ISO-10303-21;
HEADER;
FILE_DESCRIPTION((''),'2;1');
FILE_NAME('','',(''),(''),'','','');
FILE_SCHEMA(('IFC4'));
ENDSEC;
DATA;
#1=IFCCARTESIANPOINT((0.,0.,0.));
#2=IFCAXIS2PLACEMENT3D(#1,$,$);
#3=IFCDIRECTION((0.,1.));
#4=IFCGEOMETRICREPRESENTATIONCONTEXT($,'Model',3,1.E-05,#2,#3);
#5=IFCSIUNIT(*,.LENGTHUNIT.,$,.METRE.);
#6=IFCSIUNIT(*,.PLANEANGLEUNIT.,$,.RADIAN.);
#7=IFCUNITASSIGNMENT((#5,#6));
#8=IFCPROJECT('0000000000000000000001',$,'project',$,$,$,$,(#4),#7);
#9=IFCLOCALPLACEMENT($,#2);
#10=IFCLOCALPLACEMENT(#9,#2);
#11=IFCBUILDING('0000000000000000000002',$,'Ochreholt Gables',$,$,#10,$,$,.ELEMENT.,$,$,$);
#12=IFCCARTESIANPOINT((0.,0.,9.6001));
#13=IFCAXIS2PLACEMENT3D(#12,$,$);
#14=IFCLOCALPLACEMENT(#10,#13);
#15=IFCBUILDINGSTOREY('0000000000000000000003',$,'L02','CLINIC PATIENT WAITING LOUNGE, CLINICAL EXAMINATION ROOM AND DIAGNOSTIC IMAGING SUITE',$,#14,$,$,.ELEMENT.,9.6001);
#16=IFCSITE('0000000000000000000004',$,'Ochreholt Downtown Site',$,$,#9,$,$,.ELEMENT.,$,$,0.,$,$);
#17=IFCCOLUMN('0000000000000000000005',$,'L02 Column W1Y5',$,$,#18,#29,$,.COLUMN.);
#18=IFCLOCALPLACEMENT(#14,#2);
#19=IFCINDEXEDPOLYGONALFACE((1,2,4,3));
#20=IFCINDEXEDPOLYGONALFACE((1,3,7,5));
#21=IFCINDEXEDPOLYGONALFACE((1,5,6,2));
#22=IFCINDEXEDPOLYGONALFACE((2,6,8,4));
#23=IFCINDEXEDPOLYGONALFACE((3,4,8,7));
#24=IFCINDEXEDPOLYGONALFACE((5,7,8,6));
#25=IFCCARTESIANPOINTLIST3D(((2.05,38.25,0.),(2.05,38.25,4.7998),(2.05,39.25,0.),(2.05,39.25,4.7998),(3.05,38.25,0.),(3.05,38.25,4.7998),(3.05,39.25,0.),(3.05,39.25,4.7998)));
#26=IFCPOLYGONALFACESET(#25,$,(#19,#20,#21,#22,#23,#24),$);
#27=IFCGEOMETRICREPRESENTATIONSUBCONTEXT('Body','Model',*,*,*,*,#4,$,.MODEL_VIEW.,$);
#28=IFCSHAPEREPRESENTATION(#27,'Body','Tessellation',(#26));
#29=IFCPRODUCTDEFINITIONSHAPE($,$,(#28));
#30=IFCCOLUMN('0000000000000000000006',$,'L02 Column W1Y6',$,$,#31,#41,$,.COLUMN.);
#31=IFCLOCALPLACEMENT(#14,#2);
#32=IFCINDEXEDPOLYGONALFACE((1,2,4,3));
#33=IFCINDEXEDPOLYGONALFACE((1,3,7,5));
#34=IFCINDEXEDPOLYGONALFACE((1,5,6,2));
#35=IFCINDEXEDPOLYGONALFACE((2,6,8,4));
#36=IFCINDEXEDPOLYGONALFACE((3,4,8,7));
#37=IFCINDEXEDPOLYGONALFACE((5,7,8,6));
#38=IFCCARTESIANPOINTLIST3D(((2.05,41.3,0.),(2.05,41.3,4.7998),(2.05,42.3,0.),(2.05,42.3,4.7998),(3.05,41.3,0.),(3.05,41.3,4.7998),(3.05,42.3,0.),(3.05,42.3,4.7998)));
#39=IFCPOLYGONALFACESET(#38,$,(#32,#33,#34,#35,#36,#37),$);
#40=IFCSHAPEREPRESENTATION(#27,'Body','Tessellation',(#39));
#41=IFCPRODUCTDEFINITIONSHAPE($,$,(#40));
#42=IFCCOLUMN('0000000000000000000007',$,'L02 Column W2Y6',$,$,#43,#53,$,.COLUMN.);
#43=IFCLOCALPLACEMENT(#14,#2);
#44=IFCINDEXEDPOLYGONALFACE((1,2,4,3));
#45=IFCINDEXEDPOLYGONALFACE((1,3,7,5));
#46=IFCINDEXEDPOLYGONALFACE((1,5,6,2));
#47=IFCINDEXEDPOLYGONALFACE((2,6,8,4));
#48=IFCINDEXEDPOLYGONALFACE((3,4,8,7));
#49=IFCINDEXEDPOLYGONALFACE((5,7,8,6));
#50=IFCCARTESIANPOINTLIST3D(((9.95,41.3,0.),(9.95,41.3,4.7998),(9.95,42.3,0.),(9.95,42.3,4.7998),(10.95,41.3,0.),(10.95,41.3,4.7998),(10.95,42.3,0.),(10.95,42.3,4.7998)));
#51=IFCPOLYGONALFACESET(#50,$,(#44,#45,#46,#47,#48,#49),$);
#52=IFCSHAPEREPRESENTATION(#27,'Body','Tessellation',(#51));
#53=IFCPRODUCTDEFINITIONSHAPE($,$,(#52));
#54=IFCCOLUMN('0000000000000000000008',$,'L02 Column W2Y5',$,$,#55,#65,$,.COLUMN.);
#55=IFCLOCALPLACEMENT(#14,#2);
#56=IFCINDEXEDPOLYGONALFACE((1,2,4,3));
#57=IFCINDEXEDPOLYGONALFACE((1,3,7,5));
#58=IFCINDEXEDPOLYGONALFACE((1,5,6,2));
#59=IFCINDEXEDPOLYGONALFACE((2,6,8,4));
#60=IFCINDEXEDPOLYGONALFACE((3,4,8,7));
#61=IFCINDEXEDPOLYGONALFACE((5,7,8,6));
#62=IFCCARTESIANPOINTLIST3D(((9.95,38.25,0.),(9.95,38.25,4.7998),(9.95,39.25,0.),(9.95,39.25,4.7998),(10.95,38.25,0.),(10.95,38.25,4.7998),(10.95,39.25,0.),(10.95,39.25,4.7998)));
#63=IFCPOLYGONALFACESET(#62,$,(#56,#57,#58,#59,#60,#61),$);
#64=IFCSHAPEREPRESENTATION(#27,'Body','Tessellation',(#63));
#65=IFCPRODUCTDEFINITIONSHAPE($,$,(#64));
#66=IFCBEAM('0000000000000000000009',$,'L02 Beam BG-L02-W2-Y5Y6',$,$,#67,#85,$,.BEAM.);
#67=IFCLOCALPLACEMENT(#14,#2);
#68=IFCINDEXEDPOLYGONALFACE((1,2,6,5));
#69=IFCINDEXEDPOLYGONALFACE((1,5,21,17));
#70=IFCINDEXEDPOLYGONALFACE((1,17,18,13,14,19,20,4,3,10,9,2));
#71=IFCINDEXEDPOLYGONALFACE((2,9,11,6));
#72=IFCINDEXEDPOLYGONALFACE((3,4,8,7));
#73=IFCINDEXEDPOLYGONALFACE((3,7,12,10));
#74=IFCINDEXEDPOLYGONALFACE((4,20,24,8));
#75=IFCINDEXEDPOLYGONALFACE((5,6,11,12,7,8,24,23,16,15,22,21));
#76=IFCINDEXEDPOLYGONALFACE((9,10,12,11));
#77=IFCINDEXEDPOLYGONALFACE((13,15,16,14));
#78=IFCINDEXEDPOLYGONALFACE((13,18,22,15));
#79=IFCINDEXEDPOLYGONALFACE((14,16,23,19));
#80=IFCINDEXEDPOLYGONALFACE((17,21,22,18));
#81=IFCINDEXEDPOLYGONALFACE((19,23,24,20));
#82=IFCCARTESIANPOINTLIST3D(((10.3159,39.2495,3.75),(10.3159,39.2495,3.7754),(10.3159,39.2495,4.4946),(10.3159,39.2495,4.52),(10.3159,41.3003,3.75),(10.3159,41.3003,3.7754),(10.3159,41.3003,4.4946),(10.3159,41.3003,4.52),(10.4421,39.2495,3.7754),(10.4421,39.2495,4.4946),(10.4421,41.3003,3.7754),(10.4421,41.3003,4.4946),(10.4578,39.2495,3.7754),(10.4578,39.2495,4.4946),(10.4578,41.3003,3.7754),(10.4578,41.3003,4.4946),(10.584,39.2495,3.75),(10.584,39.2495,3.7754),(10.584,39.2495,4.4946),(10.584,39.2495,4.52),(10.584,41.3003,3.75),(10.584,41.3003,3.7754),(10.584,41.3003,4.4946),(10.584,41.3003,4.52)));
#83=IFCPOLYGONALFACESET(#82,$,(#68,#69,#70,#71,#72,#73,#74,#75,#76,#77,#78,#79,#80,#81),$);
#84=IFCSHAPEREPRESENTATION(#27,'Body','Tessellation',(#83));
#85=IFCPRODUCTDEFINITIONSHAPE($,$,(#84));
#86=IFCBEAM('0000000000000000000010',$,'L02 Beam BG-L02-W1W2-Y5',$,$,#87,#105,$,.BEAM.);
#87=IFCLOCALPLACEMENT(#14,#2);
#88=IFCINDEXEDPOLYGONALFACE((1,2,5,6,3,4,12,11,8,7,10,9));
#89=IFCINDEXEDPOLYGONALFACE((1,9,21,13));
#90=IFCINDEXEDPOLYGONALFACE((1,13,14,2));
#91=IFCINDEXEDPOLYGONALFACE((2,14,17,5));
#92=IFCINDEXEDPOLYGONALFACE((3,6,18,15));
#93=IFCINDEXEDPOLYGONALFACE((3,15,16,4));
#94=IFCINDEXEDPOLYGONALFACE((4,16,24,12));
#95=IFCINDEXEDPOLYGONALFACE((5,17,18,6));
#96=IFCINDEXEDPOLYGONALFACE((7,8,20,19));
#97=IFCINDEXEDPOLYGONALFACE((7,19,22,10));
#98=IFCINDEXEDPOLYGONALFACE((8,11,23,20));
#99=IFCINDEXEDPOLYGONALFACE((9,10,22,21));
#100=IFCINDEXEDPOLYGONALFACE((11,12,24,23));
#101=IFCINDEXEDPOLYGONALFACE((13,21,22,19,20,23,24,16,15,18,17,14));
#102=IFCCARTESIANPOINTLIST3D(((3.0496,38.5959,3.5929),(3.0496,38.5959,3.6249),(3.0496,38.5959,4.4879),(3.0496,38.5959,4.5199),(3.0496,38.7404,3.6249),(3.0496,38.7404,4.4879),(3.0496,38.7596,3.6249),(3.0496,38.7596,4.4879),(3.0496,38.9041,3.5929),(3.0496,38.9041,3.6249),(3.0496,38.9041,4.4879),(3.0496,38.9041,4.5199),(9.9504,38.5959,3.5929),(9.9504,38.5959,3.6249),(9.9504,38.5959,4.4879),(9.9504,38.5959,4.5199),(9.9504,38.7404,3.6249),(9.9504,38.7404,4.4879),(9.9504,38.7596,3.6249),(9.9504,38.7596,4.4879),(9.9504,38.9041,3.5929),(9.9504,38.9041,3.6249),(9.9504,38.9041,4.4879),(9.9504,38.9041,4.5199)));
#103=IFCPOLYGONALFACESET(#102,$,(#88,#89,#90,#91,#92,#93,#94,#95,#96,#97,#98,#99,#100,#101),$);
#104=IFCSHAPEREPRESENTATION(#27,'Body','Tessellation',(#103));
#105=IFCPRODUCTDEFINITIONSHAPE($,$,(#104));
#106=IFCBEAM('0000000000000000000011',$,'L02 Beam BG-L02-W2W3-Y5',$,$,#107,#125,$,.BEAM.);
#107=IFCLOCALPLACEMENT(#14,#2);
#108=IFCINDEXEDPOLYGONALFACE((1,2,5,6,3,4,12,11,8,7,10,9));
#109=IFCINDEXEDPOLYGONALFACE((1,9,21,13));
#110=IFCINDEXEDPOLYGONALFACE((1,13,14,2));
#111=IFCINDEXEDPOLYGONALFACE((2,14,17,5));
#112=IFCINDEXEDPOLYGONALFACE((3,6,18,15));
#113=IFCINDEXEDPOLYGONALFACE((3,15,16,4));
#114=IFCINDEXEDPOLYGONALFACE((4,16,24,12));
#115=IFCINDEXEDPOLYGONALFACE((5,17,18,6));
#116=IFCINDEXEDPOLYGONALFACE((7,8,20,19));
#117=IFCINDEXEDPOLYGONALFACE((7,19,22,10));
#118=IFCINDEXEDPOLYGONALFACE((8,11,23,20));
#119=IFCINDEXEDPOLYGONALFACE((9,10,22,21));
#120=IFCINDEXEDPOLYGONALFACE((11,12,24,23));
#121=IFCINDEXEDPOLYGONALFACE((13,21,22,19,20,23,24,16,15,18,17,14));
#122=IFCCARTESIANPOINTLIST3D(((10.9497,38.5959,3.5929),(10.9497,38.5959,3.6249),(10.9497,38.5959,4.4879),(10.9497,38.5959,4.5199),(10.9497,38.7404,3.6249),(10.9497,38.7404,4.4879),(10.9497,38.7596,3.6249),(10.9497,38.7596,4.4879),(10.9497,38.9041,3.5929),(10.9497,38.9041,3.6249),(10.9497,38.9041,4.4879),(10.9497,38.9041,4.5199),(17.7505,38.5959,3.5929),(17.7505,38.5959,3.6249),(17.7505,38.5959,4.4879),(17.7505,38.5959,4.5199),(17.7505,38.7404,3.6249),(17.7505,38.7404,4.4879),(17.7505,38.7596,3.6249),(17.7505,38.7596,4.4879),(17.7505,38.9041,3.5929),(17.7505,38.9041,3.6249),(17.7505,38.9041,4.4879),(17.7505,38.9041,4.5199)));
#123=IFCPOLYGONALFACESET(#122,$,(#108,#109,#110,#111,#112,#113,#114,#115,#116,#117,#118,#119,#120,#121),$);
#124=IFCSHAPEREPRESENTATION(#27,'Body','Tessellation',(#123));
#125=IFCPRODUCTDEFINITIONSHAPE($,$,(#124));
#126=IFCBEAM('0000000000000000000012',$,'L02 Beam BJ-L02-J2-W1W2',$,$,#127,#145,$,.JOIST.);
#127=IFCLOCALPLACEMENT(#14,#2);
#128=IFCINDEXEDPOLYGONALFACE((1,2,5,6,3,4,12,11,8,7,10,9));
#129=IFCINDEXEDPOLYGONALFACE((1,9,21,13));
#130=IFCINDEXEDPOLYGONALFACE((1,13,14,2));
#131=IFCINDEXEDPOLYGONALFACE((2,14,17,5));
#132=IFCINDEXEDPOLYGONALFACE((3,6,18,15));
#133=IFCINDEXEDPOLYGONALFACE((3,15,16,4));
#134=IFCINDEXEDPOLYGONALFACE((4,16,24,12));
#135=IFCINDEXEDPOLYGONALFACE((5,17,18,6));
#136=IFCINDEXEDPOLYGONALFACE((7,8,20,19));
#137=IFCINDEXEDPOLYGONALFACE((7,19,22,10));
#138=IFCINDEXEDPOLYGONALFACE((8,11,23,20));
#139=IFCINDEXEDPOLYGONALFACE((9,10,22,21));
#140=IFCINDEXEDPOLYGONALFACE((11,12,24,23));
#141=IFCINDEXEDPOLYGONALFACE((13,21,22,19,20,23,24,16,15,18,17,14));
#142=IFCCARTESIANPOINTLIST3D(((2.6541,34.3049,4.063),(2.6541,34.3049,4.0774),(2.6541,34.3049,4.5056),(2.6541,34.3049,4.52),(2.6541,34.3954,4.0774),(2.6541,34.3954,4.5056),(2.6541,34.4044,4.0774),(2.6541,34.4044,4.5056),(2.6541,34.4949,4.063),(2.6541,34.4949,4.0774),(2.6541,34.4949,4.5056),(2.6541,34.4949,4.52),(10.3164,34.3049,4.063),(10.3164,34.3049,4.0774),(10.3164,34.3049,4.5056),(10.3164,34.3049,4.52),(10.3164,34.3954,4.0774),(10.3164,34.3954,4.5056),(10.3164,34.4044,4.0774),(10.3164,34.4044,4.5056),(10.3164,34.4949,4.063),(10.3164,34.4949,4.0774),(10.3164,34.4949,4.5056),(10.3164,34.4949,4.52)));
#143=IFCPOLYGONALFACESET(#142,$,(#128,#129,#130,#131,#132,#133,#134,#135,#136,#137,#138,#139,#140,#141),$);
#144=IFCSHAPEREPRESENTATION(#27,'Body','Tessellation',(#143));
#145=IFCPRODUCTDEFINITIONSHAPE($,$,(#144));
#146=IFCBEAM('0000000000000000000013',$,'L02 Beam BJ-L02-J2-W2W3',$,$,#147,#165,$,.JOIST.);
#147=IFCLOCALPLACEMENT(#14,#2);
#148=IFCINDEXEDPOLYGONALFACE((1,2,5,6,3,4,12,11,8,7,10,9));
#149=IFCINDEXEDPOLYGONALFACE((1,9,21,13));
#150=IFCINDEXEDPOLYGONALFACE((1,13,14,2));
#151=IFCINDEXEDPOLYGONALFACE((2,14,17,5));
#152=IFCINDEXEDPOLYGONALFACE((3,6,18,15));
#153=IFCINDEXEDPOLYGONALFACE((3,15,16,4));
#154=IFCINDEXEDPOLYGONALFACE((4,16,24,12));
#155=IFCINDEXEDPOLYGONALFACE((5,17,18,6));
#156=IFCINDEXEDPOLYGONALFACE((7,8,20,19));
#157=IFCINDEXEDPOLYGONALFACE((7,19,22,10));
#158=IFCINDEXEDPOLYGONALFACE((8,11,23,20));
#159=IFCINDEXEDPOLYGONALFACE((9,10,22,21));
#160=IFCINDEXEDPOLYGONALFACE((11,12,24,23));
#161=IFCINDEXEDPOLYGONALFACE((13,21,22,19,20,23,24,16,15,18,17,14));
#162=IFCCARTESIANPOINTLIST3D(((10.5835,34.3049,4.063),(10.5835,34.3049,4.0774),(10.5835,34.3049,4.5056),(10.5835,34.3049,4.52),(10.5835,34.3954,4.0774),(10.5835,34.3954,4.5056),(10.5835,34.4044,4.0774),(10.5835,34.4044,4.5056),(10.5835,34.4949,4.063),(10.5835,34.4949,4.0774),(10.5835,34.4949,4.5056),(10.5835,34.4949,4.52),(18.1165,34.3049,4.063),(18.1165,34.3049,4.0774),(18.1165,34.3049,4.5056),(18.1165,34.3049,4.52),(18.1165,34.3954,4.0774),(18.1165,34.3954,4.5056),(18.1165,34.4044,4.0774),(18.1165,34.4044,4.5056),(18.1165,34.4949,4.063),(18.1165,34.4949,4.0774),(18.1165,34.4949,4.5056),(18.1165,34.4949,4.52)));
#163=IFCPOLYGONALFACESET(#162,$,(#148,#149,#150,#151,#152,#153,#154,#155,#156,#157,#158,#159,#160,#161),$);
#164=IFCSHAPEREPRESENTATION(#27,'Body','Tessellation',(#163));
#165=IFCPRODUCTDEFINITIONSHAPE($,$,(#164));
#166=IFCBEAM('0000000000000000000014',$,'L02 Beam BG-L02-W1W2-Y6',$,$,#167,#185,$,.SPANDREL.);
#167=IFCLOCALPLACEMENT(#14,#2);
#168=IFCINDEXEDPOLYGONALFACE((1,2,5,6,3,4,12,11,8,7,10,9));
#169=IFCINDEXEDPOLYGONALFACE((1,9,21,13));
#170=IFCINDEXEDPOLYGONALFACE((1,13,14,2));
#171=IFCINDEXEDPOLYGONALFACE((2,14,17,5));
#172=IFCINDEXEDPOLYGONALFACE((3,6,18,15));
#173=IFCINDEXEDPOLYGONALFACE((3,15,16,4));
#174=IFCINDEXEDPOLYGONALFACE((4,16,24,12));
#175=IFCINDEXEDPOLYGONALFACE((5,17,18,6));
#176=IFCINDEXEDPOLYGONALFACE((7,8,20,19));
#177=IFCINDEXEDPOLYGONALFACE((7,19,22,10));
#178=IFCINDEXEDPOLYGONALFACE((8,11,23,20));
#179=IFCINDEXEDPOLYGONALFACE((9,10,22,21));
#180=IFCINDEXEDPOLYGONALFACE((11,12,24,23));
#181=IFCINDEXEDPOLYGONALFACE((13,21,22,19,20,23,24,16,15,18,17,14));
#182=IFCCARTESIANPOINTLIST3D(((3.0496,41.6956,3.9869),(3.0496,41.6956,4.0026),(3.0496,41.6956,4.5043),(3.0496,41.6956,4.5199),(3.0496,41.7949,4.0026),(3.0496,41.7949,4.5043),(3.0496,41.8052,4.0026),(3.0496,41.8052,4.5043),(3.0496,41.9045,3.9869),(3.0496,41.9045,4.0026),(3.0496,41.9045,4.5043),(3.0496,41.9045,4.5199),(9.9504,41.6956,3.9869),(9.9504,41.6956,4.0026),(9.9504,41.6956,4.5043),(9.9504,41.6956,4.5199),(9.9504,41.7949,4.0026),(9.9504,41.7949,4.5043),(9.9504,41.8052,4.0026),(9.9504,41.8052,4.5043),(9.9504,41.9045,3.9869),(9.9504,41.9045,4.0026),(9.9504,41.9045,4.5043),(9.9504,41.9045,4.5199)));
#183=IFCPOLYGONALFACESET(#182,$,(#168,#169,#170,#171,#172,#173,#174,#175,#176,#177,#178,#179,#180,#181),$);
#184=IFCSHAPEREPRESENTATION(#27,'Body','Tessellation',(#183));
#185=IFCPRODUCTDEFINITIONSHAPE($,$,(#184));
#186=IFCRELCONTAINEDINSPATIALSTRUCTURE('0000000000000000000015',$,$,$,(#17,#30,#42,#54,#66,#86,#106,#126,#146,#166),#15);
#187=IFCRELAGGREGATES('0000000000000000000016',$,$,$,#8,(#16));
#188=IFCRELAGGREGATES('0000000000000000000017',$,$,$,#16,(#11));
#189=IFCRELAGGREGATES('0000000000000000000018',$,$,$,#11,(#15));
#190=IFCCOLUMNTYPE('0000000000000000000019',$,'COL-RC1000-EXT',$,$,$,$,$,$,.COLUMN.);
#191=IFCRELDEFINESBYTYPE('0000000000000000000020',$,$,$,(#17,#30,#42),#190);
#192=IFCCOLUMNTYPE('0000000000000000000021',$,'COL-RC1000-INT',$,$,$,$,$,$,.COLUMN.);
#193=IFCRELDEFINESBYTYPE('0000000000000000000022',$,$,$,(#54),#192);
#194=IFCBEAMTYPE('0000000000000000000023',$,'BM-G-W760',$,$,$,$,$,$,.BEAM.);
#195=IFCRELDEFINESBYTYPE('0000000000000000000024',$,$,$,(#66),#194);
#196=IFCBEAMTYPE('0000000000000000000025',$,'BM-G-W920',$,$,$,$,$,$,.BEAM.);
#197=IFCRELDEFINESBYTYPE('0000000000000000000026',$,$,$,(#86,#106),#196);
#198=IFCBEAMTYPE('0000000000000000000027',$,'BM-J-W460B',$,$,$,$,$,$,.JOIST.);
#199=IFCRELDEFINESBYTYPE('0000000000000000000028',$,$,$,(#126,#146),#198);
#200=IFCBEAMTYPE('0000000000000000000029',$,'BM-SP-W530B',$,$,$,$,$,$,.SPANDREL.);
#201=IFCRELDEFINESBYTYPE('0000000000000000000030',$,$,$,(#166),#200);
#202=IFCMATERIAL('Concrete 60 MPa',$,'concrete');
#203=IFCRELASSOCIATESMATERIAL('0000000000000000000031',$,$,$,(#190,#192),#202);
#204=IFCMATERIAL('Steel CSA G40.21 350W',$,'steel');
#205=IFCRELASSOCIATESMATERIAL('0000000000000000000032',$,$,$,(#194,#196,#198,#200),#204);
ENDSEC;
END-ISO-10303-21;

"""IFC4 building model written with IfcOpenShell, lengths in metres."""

from ifc_helpers import new_model, si_unit, direction, frame, origin, origin_2d, place, context, subcontext, project, spatial, rectangle, i_section, extrude, material, material_profile, profile_set, type_object, element, save


model = new_model("IFC4")

# Units and contexts
model_context = context("Model", 3, precision=1e-05, world=origin(), true_north=direction((0.0, 1.0)))
body_context = subcontext(model_context, "Body", "Model", "MODEL_VIEW")
ifc_project = project(units=[si_unit("LENGTHUNIT", "METRE"), si_unit("PLANEANGLEUNIT", "RADIAN")], contexts=[model_context])

# Site, building, storey
site_placement = place(None, origin())
site = spatial("IfcSite", under=ifc_project, at=site_placement, Name="Ochreholt Downtown Site", CompositionType="ELEMENT", RefElevation=0.0)
building_placement = place(site_placement, origin())
building = spatial("IfcBuilding", under=site, at=building_placement, Name="Ochreholt Gables", CompositionType="ELEMENT")
storey_placement = place(building_placement, frame((0.0, 0.0, 9.6001)))
storey = spatial("IfcBuildingStorey", under=building, at=storey_placement, Name="L02", Description="CLINIC PATIENT WAITING LOUNGE, CLINICAL EXAMINATION ROOM AND DIAGNOSTIC IMAGING SUITE", CompositionType="ELEMENT", Elevation=9.6001)

# Columns
ifc_material_1 = material(Name="Concrete 60 MPa", Category="concrete")
ifc_material_profile_1 = material_profile(ifc_material_1, rectangle(XDim=1.0, YDim=1.0, at=origin_2d()), Name="RC1000X1000")
ifc_profile_set_1 = profile_set([ifc_material_profile_1], Name="Concrete 60 MPa")
column_type_1 = type_object("IfcColumnType", Name="COL-RC1000-EXT", PredefinedType="COLUMN", material=ifc_profile_set_1)
for number, where, z_axis, x_axis, name in (
    (1, (2.55, 38.75, 0.0), (0.0, 0.0, 1.0), (1.0, 0.0, 0.0), "L02 Column W1Y5"),
    (2, (2.55, 41.8, 0.0), (0.0, 0.0, 1.0), (1.0, 0.0, 0.0), "L02 Column W1Y6"),
    (3, (10.45, 41.8, 0.0), (0.0, 0.0, 1.0), (1.0, 0.0, 0.0), "L02 Column W2Y6"),
):
    element("IfcColumn", number, at=place(storey_placement, frame(where, z_axis=z_axis, x_axis=x_axis)), inside=storey, type_object=column_type_1, Name=name, PredefinedType="COLUMN", context=body_context, shape_type="SweptSolid", body=[
        extrude(rectangle(XDim=1.0, YDim=1.0, at=origin_2d()), origin(), (0.0, 0.0, 1.0), 4.7998),
    ])
ifc_material_profile_2 = material_profile(ifc_material_1, rectangle(XDim=1.0, YDim=1.0, at=origin_2d()), Name="RC1000X1000")
ifc_profile_set_2 = profile_set([ifc_material_profile_2], Name="Concrete 60 MPa")
column_type_2 = type_object("IfcColumnType", Name="COL-RC1000-INT", PredefinedType="COLUMN", material=ifc_profile_set_2)
column_placement = place(storey_placement, frame((10.45, 38.75, 0.0), z_axis=(0.0, 0.0, 1.0), x_axis=(1.0, 0.0, 0.0)))
element("IfcColumn", 4, at=column_placement, inside=storey, type_object=column_type_2, Name="L02 Column W2Y5", PredefinedType="COLUMN", context=body_context, shape_type="SweptSolid", body=[
    extrude(rectangle(XDim=1.0, YDim=1.0, at=origin_2d()), origin(), (0.0, 0.0, 1.0), 4.7998),
])

# Beams
ifc_material_2 = material(Name="Steel CSA G40.21 350W", Category="steel")
ifc_material_profile_3 = material_profile(ifc_material_2, i_section(OverallWidth=0.2681, OverallDepth=0.77, WebThickness=0.0156, FlangeThickness=0.0254, at=origin_2d()), Name="W760X196")
ifc_profile_set_3 = profile_set([ifc_material_profile_3], Name="Steel CSA G40.21 350W")
beam_type_1 = type_object("IfcBeamType", Name="BM-G-W760", PredefinedType="BEAM", material=ifc_profile_set_3)
beam_1_placement = place(storey_placement, frame((10.45, 39.2495, 4.135), z_axis=(0.0, 1.0, 0.0), x_axis=(-1.0, 0.0, 0.0)))
element("IfcBeam", 5, at=beam_1_placement, inside=storey, type_object=beam_type_1, Name="L02 Beam BG-L02-W2-Y5Y6", PredefinedType="BEAM", context=body_context, shape_type="SweptSolid", body=[
    extrude(i_section(OverallWidth=0.2681, OverallDepth=0.77, WebThickness=0.0156, FlangeThickness=0.0254, at=origin_2d()), origin(), (0.0, 0.0, 1.0), 2.0508),
])
ifc_material_profile_4 = material_profile(ifc_material_2, i_section(OverallWidth=0.3081, OverallDepth=0.927, WebThickness=0.0193, FlangeThickness=0.032, at=origin_2d()), Name="W920X289")
ifc_profile_set_4 = profile_set([ifc_material_profile_4], Name="Steel CSA G40.21 350W")
beam_type_2 = type_object("IfcBeamType", Name="BM-G-W920", PredefinedType="BEAM", material=ifc_profile_set_4)
beam_2_placement = place(storey_placement, frame((3.0496, 38.75, 4.0564), z_axis=(1.0, 0.0, 0.0), x_axis=(0.0, 1.0, 0.0)))
element("IfcBeam", 6, at=beam_2_placement, inside=storey, type_object=beam_type_2, Name="L02 Beam BG-L02-W1W2-Y5", PredefinedType="BEAM", context=body_context, shape_type="SweptSolid", body=[
    extrude(i_section(OverallWidth=0.3081, OverallDepth=0.927, WebThickness=0.0193, FlangeThickness=0.032, at=origin_2d()), origin(), (0.0, 0.0, 1.0), 6.9009),
])
beam_3_placement = place(storey_placement, frame((10.9497, 38.75, 4.0564), z_axis=(1.0, 0.0, 0.0), x_axis=(0.0, 1.0, 0.0)))
element("IfcBeam", 7, at=beam_3_placement, inside=storey, type_object=beam_type_2, Name="L02 Beam BG-L02-W2W3-Y5", PredefinedType="BEAM", context=body_context, shape_type="SweptSolid", body=[
    extrude(i_section(OverallWidth=0.3081, OverallDepth=0.927, WebThickness=0.0193, FlangeThickness=0.032, at=origin_2d()), origin(), (0.0, 0.0, 1.0), 6.8008),
])
ifc_material_profile_5 = material_profile(ifc_material_2, i_section(OverallWidth=0.1899, OverallDepth=0.457, WebThickness=0.009, FlangeThickness=0.0144, at=origin_2d()), Name="W460X74")
ifc_profile_set_5 = profile_set([ifc_material_profile_5], Name="Steel CSA G40.21 350W")
beam_type_3 = type_object("IfcBeamType", Name="BM-J-W460B", PredefinedType="JOIST", material=ifc_profile_set_5)
beam_4_placement = place(storey_placement, frame((2.6541, 34.3999, 4.2915), z_axis=(1.0, 0.0, 0.0), x_axis=(0.0, 1.0, 0.0)))
element("IfcBeam", 8, at=beam_4_placement, inside=storey, type_object=beam_type_3, Name="L02 Beam BJ-L02-J2-W1W2", PredefinedType="JOIST", context=body_context, shape_type="SweptSolid", body=[
    extrude(i_section(OverallWidth=0.1899, OverallDepth=0.457, WebThickness=0.009, FlangeThickness=0.0144, at=origin_2d()), origin(), (0.0, 0.0, 1.0), 7.6624),
])
beam_5_placement = place(storey_placement, frame((10.5835, 34.3999, 4.2915), z_axis=(1.0, 0.0, 0.0), x_axis=(0.0, 1.0, 0.0)))
element("IfcBeam", 9, at=beam_5_placement, inside=storey, type_object=beam_type_3, Name="L02 Beam BJ-L02-J2-W2W3", PredefinedType="JOIST", context=body_context, shape_type="SweptSolid", body=[
    extrude(i_section(OverallWidth=0.1899, OverallDepth=0.457, WebThickness=0.009, FlangeThickness=0.0144, at=origin_2d()), origin(), (0.0, 0.0, 1.0), 7.533),
])
ifc_material_profile_6 = material_profile(ifc_material_2, i_section(OverallWidth=0.209, OverallDepth=0.533, WebThickness=0.0103, FlangeThickness=0.0156, at=origin_2d()), Name="W530X92")
ifc_profile_set_6 = profile_set([ifc_material_profile_6], Name="Steel CSA G40.21 350W")
beam_type_4 = type_object("IfcBeamType", Name="BM-SP-W530B", PredefinedType="SPANDREL", material=ifc_profile_set_6)
beam_6_placement = place(storey_placement, frame((3.0496, 41.8, 4.2534), z_axis=(1.0, 0.0, 0.0), x_axis=(0.0, 1.0, 0.0)))
element("IfcBeam", 10, at=beam_6_placement, inside=storey, type_object=beam_type_4, Name="L02 Beam BG-L02-W1W2-Y6", PredefinedType="SPANDREL", context=body_context, shape_type="SweptSolid", body=[
    extrude(i_section(OverallWidth=0.209, OverallDepth=0.533, WebThickness=0.0103, FlangeThickness=0.0156, at=origin_2d()), origin(), (0.0, 0.0, 1.0), 6.9009),
])

save(model, "model.ifc")
